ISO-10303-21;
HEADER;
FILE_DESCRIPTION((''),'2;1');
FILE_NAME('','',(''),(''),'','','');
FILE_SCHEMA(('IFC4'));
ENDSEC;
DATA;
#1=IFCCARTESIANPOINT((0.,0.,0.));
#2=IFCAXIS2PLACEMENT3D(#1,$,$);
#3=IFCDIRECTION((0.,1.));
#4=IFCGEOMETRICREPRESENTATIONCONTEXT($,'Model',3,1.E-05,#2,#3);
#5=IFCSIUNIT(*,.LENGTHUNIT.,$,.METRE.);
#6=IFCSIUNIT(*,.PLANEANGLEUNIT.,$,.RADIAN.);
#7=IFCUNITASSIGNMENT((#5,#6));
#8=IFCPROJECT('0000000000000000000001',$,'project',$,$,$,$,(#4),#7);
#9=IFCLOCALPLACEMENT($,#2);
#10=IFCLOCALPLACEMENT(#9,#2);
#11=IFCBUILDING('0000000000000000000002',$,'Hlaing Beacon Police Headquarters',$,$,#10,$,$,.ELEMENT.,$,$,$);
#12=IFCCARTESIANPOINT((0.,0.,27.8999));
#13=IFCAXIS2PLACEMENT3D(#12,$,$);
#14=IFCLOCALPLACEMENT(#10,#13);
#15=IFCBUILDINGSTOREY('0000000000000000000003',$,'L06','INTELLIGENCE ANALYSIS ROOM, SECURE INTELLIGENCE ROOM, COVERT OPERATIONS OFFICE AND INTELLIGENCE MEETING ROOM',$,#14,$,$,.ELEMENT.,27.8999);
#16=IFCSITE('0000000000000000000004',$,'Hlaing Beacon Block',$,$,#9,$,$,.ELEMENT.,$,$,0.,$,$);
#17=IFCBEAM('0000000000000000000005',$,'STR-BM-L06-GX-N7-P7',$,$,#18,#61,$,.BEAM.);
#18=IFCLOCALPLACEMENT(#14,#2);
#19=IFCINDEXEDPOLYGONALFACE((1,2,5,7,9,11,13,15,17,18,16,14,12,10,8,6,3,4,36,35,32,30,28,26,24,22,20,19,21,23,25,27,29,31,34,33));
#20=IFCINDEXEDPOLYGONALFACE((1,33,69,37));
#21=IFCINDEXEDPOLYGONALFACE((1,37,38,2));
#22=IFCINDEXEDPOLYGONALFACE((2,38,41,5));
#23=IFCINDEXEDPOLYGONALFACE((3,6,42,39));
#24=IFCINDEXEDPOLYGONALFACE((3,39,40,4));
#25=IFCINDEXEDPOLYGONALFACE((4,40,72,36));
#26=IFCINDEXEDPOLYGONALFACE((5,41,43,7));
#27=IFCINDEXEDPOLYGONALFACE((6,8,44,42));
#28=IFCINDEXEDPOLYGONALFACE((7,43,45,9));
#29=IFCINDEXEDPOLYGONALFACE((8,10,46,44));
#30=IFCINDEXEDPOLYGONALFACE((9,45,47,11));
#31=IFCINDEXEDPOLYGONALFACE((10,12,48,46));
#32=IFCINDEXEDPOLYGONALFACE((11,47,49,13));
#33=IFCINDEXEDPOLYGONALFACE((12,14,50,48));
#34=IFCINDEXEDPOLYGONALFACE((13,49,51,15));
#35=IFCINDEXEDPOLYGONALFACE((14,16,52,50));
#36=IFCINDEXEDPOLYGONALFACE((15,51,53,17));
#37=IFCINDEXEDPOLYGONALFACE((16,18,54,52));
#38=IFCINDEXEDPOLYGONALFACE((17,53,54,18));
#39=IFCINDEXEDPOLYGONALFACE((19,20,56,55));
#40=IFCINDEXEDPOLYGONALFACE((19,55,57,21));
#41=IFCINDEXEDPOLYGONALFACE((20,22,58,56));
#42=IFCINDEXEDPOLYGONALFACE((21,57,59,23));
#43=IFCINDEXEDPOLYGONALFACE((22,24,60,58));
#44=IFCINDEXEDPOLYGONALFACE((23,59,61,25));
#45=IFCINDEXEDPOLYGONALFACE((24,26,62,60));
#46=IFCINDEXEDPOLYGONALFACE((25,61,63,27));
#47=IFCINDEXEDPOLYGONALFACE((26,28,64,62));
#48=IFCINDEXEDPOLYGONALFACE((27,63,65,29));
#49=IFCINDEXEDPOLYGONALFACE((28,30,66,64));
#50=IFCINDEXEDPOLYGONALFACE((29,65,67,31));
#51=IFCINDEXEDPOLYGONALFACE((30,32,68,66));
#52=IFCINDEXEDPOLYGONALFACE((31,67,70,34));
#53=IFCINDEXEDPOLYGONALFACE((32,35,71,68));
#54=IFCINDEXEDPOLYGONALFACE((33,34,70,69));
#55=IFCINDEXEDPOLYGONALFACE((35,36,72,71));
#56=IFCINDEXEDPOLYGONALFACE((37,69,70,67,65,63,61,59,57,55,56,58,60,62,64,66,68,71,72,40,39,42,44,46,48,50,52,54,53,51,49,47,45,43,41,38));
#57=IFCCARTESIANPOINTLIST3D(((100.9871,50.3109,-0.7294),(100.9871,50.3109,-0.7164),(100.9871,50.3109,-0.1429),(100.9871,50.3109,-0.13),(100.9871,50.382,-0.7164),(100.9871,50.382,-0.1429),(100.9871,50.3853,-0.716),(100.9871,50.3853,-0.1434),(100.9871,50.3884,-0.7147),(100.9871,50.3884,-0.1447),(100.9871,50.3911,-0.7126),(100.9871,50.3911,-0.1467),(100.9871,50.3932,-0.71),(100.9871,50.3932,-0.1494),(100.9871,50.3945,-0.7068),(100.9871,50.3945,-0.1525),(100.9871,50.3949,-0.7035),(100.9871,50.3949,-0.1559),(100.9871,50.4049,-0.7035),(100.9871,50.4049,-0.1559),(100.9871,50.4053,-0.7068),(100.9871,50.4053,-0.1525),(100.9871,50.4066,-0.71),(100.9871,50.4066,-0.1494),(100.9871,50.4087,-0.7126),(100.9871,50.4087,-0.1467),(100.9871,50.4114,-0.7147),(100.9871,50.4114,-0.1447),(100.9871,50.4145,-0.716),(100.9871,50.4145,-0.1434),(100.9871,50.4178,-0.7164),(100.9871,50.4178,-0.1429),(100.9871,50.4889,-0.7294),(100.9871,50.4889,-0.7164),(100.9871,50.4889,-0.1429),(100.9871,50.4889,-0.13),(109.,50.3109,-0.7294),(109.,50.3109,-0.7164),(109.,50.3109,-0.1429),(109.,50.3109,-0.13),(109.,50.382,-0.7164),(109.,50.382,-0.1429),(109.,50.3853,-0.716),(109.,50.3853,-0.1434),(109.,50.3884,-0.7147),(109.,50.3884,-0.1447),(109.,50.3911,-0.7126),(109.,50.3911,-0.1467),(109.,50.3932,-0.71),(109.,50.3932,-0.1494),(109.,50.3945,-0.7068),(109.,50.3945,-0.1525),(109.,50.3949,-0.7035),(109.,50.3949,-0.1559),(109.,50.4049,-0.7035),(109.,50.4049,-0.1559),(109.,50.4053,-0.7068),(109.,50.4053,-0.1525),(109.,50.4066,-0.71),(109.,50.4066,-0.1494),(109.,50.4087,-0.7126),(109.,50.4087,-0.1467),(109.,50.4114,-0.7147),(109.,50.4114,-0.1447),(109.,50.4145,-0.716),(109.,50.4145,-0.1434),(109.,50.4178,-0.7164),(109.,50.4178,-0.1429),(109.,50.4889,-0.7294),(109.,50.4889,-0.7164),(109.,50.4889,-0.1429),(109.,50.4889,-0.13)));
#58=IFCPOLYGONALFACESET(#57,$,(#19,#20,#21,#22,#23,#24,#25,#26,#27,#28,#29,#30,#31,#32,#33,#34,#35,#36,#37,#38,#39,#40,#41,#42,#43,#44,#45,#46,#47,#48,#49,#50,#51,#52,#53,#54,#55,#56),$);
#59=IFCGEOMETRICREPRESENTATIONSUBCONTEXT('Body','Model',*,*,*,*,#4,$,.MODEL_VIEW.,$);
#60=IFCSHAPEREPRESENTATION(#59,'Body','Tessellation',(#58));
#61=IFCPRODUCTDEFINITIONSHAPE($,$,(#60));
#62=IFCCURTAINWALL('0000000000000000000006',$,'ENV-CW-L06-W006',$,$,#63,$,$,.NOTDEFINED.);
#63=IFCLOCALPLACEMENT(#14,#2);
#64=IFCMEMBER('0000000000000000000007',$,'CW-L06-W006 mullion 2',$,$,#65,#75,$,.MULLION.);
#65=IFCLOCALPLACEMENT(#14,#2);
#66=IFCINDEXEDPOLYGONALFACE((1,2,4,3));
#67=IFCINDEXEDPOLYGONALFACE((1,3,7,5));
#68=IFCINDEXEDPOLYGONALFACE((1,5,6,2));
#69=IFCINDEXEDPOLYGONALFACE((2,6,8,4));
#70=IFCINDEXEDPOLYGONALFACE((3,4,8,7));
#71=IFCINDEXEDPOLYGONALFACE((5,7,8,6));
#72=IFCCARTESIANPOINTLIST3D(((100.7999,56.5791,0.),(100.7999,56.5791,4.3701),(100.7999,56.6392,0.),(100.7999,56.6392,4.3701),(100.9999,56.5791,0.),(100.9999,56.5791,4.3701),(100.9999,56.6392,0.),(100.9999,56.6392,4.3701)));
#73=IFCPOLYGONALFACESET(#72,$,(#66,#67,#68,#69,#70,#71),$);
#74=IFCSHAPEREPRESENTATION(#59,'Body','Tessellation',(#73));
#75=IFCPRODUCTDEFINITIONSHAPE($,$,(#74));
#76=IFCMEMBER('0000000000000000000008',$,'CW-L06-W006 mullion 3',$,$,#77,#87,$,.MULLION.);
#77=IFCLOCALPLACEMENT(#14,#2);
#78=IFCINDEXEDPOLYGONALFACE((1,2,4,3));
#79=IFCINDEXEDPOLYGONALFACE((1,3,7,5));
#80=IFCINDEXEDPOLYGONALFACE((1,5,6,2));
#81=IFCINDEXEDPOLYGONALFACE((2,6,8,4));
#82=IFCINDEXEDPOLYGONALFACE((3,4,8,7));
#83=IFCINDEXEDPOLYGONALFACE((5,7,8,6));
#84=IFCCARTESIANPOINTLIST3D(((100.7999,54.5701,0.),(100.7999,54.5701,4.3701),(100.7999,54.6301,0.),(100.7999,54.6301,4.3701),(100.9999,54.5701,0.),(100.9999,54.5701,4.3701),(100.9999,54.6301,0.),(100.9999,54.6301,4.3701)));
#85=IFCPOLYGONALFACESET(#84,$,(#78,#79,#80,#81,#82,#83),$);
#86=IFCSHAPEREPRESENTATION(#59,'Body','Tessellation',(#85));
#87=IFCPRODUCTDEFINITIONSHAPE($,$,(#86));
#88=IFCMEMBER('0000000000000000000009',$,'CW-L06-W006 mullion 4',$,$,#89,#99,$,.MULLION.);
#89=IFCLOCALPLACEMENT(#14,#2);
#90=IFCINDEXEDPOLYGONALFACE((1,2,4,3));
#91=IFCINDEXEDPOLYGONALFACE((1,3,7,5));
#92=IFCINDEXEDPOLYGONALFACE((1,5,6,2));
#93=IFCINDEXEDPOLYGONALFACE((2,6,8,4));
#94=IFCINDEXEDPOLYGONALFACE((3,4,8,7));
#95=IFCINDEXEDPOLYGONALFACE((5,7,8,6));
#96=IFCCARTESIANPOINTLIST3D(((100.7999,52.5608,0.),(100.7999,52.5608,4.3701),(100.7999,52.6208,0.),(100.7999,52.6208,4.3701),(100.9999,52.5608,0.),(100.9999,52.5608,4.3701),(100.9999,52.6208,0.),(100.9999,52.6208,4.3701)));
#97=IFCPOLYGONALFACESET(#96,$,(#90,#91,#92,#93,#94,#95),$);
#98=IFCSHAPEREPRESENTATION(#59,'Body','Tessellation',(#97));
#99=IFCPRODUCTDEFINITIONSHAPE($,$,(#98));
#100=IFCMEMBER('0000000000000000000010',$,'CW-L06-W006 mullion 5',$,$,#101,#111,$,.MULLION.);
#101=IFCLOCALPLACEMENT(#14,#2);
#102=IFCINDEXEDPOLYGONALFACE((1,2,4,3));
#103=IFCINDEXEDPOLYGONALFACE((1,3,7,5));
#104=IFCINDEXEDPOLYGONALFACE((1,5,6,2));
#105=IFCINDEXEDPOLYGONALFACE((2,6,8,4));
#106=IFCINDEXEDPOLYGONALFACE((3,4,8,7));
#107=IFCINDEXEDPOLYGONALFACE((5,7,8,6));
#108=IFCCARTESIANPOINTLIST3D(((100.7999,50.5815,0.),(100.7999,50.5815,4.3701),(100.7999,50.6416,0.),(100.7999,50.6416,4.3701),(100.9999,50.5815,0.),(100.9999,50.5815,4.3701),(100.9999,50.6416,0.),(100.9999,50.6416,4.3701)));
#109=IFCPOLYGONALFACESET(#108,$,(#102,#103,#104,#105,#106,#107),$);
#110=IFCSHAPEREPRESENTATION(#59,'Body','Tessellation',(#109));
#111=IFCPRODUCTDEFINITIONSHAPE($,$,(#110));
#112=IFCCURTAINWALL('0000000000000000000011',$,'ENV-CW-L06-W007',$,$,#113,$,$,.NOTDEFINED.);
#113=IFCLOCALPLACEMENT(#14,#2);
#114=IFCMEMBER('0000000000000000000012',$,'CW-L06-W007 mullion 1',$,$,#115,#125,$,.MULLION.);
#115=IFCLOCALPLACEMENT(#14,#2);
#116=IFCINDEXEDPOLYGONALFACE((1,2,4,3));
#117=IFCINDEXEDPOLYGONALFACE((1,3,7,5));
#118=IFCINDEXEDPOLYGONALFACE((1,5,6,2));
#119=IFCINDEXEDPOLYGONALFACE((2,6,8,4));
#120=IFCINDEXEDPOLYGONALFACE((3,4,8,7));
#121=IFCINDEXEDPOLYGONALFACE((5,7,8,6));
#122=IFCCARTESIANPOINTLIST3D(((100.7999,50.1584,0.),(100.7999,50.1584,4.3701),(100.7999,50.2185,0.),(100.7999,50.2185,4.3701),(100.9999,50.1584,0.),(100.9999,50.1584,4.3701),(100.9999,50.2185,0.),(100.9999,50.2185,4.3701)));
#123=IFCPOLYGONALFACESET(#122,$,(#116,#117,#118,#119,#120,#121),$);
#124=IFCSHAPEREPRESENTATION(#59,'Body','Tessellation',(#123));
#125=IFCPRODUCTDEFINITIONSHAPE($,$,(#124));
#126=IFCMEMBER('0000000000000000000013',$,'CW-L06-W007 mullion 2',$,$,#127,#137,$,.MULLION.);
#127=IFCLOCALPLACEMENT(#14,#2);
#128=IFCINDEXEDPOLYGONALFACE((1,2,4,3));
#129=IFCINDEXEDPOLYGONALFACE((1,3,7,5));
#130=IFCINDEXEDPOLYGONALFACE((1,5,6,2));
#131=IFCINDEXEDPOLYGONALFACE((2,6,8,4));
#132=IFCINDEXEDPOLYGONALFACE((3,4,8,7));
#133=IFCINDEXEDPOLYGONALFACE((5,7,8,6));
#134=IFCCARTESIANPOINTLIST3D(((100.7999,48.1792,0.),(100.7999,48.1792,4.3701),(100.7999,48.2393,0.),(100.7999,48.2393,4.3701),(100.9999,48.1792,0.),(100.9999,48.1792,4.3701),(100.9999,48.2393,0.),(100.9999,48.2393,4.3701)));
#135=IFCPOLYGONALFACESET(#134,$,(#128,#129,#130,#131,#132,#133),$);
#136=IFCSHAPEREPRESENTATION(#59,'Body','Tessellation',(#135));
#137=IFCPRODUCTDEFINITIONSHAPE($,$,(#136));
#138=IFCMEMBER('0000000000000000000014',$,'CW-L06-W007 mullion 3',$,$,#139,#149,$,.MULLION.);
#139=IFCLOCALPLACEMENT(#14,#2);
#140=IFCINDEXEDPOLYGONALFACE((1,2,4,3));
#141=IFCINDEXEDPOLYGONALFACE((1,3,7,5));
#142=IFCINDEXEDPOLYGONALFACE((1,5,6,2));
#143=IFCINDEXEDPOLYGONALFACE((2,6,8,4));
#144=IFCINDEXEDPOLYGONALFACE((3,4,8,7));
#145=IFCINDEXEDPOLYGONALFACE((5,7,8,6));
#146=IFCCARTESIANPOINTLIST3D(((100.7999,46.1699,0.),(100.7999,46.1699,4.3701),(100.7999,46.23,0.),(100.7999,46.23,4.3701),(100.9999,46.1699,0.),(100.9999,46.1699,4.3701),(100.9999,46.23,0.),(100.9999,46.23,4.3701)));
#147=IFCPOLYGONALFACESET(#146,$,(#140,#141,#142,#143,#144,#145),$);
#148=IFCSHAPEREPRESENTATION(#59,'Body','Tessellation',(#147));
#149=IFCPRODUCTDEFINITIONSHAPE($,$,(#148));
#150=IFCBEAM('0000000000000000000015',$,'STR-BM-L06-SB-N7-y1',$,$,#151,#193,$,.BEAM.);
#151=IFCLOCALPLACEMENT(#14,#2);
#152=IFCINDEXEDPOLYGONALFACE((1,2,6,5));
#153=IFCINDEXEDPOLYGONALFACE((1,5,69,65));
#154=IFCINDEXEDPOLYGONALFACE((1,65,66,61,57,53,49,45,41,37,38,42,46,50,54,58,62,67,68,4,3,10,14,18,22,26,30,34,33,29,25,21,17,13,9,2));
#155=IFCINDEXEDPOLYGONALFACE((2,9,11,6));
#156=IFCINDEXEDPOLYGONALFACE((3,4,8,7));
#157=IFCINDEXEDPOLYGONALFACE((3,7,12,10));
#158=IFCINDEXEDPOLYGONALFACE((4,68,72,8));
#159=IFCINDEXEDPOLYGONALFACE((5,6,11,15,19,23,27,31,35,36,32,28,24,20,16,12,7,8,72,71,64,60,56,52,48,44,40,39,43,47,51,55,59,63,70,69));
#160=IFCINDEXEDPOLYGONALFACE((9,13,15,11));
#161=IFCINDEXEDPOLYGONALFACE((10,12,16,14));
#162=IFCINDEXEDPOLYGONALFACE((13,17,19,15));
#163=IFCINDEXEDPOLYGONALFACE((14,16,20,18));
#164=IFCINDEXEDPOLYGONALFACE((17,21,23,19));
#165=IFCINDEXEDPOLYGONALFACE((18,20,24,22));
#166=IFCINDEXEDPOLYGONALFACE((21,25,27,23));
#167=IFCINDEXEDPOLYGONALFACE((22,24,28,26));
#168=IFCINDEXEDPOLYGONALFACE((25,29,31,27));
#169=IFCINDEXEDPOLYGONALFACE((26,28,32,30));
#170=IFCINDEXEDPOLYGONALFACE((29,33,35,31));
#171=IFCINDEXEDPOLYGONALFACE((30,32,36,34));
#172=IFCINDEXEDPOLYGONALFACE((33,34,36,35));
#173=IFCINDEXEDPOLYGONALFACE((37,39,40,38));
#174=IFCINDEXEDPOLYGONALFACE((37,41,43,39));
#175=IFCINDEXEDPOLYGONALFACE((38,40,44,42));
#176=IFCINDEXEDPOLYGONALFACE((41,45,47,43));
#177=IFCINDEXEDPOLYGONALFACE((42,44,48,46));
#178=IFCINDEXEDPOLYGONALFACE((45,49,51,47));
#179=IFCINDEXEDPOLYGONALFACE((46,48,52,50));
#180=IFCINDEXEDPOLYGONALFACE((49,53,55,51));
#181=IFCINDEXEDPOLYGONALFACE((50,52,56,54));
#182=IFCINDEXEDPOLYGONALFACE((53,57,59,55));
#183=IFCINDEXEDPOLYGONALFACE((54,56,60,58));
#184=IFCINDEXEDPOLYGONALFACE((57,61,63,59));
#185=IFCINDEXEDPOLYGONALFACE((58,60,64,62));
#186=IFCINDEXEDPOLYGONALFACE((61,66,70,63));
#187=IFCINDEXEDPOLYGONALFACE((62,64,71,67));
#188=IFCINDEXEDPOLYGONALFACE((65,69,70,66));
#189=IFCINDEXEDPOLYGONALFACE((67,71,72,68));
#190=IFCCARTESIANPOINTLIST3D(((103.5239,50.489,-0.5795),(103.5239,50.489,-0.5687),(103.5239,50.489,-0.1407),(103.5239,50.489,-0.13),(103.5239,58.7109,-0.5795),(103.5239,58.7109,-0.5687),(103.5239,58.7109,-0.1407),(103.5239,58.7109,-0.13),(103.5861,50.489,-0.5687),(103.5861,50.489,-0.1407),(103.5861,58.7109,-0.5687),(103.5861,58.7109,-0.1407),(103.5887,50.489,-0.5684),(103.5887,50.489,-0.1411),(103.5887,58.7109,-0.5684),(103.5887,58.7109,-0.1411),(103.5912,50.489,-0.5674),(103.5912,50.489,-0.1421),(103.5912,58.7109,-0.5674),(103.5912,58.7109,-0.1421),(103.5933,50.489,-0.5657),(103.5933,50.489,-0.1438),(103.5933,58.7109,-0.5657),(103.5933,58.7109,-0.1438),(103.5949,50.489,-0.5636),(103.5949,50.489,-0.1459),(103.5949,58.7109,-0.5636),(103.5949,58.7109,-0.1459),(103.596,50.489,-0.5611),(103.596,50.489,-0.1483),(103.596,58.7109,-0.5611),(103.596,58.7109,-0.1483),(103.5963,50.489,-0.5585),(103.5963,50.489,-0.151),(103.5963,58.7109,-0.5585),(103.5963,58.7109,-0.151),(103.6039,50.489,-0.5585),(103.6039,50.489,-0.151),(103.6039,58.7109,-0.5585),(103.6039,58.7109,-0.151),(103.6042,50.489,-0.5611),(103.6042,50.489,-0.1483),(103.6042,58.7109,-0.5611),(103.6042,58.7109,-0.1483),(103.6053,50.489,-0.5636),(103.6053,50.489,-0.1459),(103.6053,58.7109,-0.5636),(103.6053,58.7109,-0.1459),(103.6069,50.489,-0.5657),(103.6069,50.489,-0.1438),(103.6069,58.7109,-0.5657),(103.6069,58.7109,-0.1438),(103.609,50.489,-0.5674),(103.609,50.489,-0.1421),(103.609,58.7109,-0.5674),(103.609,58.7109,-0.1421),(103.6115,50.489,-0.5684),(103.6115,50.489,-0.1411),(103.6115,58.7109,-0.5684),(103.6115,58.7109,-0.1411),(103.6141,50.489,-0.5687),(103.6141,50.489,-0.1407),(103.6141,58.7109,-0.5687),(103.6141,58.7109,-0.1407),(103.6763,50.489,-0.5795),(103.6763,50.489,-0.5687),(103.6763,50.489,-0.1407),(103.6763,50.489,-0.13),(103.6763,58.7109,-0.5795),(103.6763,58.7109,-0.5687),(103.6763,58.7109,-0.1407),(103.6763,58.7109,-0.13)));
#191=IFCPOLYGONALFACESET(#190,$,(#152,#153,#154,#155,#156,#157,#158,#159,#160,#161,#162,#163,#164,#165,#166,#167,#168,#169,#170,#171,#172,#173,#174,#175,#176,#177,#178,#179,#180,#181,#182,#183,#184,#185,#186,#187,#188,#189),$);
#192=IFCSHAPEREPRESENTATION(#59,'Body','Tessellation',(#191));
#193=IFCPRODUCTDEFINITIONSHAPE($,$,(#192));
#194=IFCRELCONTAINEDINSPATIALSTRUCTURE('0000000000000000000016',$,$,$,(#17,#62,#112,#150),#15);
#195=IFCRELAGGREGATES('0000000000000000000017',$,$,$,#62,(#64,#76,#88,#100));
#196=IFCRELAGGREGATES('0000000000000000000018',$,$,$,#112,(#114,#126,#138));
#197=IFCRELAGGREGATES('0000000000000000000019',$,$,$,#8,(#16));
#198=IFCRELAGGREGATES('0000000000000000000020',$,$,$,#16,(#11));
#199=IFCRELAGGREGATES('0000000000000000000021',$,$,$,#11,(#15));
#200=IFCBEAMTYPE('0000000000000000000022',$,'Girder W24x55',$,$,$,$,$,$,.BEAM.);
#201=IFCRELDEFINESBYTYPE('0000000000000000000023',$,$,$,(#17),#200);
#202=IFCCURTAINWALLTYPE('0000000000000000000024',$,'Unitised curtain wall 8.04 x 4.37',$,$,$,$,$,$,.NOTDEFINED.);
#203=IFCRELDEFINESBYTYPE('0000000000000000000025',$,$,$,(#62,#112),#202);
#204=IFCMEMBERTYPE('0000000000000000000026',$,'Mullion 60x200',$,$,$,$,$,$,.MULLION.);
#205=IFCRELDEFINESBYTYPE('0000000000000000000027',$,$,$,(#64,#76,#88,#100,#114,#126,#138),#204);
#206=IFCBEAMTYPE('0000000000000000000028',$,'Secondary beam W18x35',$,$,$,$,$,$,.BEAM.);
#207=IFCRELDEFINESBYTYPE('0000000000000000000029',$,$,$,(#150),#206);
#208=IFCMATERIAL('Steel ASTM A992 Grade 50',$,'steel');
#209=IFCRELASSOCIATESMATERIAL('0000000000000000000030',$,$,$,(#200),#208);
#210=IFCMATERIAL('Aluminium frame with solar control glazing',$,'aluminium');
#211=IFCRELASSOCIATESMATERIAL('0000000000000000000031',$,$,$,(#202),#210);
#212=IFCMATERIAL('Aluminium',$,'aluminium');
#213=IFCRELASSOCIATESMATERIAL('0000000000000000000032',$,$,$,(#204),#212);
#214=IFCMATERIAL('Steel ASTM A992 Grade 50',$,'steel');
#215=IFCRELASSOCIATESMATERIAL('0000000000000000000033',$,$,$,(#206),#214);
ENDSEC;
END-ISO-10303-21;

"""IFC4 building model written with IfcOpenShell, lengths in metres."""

from ifc_helpers import new_model, si_unit, direction, frame, origin, origin_2d, place, context, subcontext, project, spatial, rectangle, i_section, extrude, material, material_profile, profile_set, type_object, element, aggregate, save


model = new_model("IFC4")

# Units and contexts
model_context = context("Model", 3, precision=1e-05, world=origin(), true_north=direction((0.0, 1.0)))
body_context = subcontext(model_context, "Body", "Model", "MODEL_VIEW")
ifc_project = project(units=[si_unit("LENGTHUNIT", "METRE"), si_unit("PLANEANGLEUNIT", "RADIAN")], contexts=[model_context])

# Site, building, storey
site_placement = place(None, origin())
site = spatial("IfcSite", under=ifc_project, at=site_placement, Name="Hlaing Beacon Block", CompositionType="ELEMENT", RefElevation=0.0)
building_placement = place(site_placement, origin())
building = spatial("IfcBuilding", under=site, at=building_placement, Name="Hlaing Beacon Police Headquarters", CompositionType="ELEMENT")
storey_placement = place(building_placement, frame((0.0, 0.0, 27.8999)))
storey = spatial("IfcBuildingStorey", under=building, at=storey_placement, Name="L06", Description="INTELLIGENCE ANALYSIS ROOM, SECURE INTELLIGENCE ROOM, COVERT OPERATIONS OFFICE AND INTELLIGENCE MEETING ROOM", CompositionType="ELEMENT", Elevation=27.8999)

# Beam
ifc_material_1 = material(Name="Steel ASTM A992 Grade 50", Category="steel")
ifc_material_profile_1 = material_profile(ifc_material_1, i_section(OverallWidth=0.178, OverallDepth=0.5994, WebThickness=0.01, FlangeThickness=0.0129, FilletRadius=0.0129, at=origin_2d()), Name="W24x55")
ifc_profile_set_1 = profile_set([ifc_material_profile_1], Name="Steel ASTM A992 Grade 50")
beam_type_1 = type_object("IfcBeamType", Name="Girder W24x55", PredefinedType="BEAM", material=ifc_profile_set_1)
beam_1_placement = place(storey_placement, frame((100.9871, 50.3999, -0.4297), z_axis=(1.0, 0.0, 0.0), x_axis=(0.0, 1.0, 0.0)))
element("IfcBeam", 1, at=beam_1_placement, inside=storey, type_object=beam_type_1, Name="STR-BM-L06-GX-N7-P7", PredefinedType="BEAM", context=body_context, shape_type="SweptSolid", body=[
    extrude(i_section(OverallWidth=0.178, OverallDepth=0.5994, WebThickness=0.01, FlangeThickness=0.0129, FilletRadius=0.0129, at=origin_2d()), origin(), (0.0, 0.0, 1.0), 8.0129),
])

# Curtain walls, members
ifc_material_2 = material(Name="Aluminium frame with solar control glazing", Category="aluminium")
curtain_wall_type = type_object("IfcCurtainWallType", Name="Unitised curtain wall 8.04 x 4.37", PredefinedType="NOTDEFINED", material=ifc_material_2)
curtain_wall_1_placement = place(storey_placement, origin())
curtain_wall_1 = element("IfcCurtainWall", 2, at=curtain_wall_1_placement, inside=storey, type_object=curtain_wall_type, Name="ENV-CW-L06-W006", PredefinedType="NOTDEFINED")
ifc_material_3 = material(Name="Aluminium", Category="aluminium")
ifc_material_profile_2 = material_profile(ifc_material_3, rectangle(XDim=0.2, YDim=0.0601, at=origin_2d()), Name="Mullion 60x200")
ifc_profile_set_2 = profile_set([ifc_material_profile_2], Name="Aluminium")
member_type_1 = type_object("IfcMemberType", Name="Mullion 60x200", PredefinedType="MULLION", material=ifc_profile_set_2)
member_1_placement = place(storey_placement, frame((100.8999, 56.6091, 0.0), z_axis=(0.0, 0.0, 1.0), x_axis=(1.0, 0.0, 0.0)))
member_1 = element("IfcMember", 3, at=member_1_placement, type_object=member_type_1, Name="CW-L06-W006 mullion 2", PredefinedType="MULLION", context=body_context, shape_type="SweptSolid", body=[
    extrude(rectangle(XDim=0.2, YDim=0.0601, at=origin_2d()), origin(), (0.0, 0.0, 1.0), 4.3701),
])
member_2_placement = place(storey_placement, frame((100.8999, 54.6001, 0.0), z_axis=(0.0, 0.0, 1.0), x_axis=(1.0, 0.0, 0.0)))
member_2 = element("IfcMember", 4, at=member_2_placement, type_object=member_type_1, Name="CW-L06-W006 mullion 3", PredefinedType="MULLION", context=body_context, shape_type="SweptSolid", body=[
    extrude(rectangle(XDim=0.2, YDim=0.0601, at=origin_2d()), origin(), (0.0, 0.0, 1.0), 4.3701),
])
member_3_placement = place(storey_placement, frame((100.8999, 52.5908, 0.0), z_axis=(0.0, 0.0, 1.0), x_axis=(1.0, 0.0, 0.0)))
member_3 = element("IfcMember", 5, at=member_3_placement, type_object=member_type_1, Name="CW-L06-W006 mullion 4", PredefinedType="MULLION", context=body_context, shape_type="SweptSolid", body=[
    extrude(rectangle(XDim=0.2, YDim=0.0601, at=origin_2d()), origin(), (0.0, 0.0, 1.0), 4.3701),
])
member_4_placement = place(storey_placement, frame((100.8999, 50.6116, 0.0), z_axis=(0.0, 0.0, 1.0), x_axis=(1.0, 0.0, 0.0)))
member_4 = element("IfcMember", 6, at=member_4_placement, type_object=member_type_1, Name="CW-L06-W006 mullion 5", PredefinedType="MULLION", context=body_context, shape_type="SweptSolid", body=[
    extrude(rectangle(XDim=0.2, YDim=0.0601, at=origin_2d()), origin(), (0.0, 0.0, 1.0), 4.3701),
])
curtain_wall_2_placement = place(storey_placement, origin())
curtain_wall_2 = element("IfcCurtainWall", 7, at=curtain_wall_2_placement, inside=storey, type_object=curtain_wall_type, Name="ENV-CW-L06-W007", PredefinedType="NOTDEFINED")
member_5_placement = place(storey_placement, frame((100.8999, 50.1885, 0.0), z_axis=(0.0, 0.0, 1.0), x_axis=(1.0, 0.0, 0.0)))
member_5 = element("IfcMember", 8, at=member_5_placement, type_object=member_type_1, Name="CW-L06-W007 mullion 1", PredefinedType="MULLION", context=body_context, shape_type="SweptSolid", body=[
    extrude(rectangle(XDim=0.2, YDim=0.0601, at=origin_2d()), origin(), (0.0, 0.0, 1.0), 4.3701),
])
member_6_placement = place(storey_placement, frame((100.8999, 48.2092, 0.0), z_axis=(0.0, 0.0, 1.0), x_axis=(1.0, 0.0, 0.0)))
member_6 = element("IfcMember", 9, at=member_6_placement, type_object=member_type_1, Name="CW-L06-W007 mullion 2", PredefinedType="MULLION", context=body_context, shape_type="SweptSolid", body=[
    extrude(rectangle(XDim=0.2, YDim=0.0601, at=origin_2d()), origin(), (0.0, 0.0, 1.0), 4.3701),
])
member_7_placement = place(storey_placement, frame((100.8999, 46.2, 0.0), z_axis=(0.0, 0.0, 1.0), x_axis=(1.0, 0.0, 0.0)))
member_7 = element("IfcMember", 10, at=member_7_placement, type_object=member_type_1, Name="CW-L06-W007 mullion 3", PredefinedType="MULLION", context=body_context, shape_type="SweptSolid", body=[
    extrude(rectangle(XDim=0.2, YDim=0.0601, at=origin_2d()), origin(), (0.0, 0.0, 1.0), 4.3701),
])

# Beam
ifc_material_4 = material(Name="Steel ASTM A992 Grade 50", Category="steel")
ifc_material_profile_3 = material_profile(ifc_material_4, i_section(OverallWidth=0.1523, OverallDepth=0.4495, WebThickness=0.0076, FlangeThickness=0.0107, FilletRadius=0.0103, at=origin_2d()), Name="W18x35")
ifc_profile_set_3 = profile_set([ifc_material_profile_3], Name="Steel ASTM A992 Grade 50")
beam_type_2 = type_object("IfcBeamType", Name="Secondary beam W18x35", PredefinedType="BEAM", material=ifc_profile_set_3)
beam_2_placement = place(storey_placement, frame((103.6001, 50.489, -0.3547), z_axis=(0.0, 1.0, 0.0), x_axis=(-1.0, 0.0, 0.0)))
element("IfcBeam", 11, at=beam_2_placement, inside=storey, type_object=beam_type_2, Name="STR-BM-L06-SB-N7-y1", PredefinedType="BEAM", context=body_context, shape_type="SweptSolid", body=[
    extrude(i_section(OverallWidth=0.1523, OverallDepth=0.4495, WebThickness=0.0076, FlangeThickness=0.0107, FilletRadius=0.0103, at=origin_2d()), origin(), (0.0, 0.0, 1.0), 8.2219),
])

aggregate(curtain_wall_1, [member_1, member_2, member_3, member_4])
aggregate(curtain_wall_2, [member_5, member_6, member_7])

save(model, "model.ifc")
